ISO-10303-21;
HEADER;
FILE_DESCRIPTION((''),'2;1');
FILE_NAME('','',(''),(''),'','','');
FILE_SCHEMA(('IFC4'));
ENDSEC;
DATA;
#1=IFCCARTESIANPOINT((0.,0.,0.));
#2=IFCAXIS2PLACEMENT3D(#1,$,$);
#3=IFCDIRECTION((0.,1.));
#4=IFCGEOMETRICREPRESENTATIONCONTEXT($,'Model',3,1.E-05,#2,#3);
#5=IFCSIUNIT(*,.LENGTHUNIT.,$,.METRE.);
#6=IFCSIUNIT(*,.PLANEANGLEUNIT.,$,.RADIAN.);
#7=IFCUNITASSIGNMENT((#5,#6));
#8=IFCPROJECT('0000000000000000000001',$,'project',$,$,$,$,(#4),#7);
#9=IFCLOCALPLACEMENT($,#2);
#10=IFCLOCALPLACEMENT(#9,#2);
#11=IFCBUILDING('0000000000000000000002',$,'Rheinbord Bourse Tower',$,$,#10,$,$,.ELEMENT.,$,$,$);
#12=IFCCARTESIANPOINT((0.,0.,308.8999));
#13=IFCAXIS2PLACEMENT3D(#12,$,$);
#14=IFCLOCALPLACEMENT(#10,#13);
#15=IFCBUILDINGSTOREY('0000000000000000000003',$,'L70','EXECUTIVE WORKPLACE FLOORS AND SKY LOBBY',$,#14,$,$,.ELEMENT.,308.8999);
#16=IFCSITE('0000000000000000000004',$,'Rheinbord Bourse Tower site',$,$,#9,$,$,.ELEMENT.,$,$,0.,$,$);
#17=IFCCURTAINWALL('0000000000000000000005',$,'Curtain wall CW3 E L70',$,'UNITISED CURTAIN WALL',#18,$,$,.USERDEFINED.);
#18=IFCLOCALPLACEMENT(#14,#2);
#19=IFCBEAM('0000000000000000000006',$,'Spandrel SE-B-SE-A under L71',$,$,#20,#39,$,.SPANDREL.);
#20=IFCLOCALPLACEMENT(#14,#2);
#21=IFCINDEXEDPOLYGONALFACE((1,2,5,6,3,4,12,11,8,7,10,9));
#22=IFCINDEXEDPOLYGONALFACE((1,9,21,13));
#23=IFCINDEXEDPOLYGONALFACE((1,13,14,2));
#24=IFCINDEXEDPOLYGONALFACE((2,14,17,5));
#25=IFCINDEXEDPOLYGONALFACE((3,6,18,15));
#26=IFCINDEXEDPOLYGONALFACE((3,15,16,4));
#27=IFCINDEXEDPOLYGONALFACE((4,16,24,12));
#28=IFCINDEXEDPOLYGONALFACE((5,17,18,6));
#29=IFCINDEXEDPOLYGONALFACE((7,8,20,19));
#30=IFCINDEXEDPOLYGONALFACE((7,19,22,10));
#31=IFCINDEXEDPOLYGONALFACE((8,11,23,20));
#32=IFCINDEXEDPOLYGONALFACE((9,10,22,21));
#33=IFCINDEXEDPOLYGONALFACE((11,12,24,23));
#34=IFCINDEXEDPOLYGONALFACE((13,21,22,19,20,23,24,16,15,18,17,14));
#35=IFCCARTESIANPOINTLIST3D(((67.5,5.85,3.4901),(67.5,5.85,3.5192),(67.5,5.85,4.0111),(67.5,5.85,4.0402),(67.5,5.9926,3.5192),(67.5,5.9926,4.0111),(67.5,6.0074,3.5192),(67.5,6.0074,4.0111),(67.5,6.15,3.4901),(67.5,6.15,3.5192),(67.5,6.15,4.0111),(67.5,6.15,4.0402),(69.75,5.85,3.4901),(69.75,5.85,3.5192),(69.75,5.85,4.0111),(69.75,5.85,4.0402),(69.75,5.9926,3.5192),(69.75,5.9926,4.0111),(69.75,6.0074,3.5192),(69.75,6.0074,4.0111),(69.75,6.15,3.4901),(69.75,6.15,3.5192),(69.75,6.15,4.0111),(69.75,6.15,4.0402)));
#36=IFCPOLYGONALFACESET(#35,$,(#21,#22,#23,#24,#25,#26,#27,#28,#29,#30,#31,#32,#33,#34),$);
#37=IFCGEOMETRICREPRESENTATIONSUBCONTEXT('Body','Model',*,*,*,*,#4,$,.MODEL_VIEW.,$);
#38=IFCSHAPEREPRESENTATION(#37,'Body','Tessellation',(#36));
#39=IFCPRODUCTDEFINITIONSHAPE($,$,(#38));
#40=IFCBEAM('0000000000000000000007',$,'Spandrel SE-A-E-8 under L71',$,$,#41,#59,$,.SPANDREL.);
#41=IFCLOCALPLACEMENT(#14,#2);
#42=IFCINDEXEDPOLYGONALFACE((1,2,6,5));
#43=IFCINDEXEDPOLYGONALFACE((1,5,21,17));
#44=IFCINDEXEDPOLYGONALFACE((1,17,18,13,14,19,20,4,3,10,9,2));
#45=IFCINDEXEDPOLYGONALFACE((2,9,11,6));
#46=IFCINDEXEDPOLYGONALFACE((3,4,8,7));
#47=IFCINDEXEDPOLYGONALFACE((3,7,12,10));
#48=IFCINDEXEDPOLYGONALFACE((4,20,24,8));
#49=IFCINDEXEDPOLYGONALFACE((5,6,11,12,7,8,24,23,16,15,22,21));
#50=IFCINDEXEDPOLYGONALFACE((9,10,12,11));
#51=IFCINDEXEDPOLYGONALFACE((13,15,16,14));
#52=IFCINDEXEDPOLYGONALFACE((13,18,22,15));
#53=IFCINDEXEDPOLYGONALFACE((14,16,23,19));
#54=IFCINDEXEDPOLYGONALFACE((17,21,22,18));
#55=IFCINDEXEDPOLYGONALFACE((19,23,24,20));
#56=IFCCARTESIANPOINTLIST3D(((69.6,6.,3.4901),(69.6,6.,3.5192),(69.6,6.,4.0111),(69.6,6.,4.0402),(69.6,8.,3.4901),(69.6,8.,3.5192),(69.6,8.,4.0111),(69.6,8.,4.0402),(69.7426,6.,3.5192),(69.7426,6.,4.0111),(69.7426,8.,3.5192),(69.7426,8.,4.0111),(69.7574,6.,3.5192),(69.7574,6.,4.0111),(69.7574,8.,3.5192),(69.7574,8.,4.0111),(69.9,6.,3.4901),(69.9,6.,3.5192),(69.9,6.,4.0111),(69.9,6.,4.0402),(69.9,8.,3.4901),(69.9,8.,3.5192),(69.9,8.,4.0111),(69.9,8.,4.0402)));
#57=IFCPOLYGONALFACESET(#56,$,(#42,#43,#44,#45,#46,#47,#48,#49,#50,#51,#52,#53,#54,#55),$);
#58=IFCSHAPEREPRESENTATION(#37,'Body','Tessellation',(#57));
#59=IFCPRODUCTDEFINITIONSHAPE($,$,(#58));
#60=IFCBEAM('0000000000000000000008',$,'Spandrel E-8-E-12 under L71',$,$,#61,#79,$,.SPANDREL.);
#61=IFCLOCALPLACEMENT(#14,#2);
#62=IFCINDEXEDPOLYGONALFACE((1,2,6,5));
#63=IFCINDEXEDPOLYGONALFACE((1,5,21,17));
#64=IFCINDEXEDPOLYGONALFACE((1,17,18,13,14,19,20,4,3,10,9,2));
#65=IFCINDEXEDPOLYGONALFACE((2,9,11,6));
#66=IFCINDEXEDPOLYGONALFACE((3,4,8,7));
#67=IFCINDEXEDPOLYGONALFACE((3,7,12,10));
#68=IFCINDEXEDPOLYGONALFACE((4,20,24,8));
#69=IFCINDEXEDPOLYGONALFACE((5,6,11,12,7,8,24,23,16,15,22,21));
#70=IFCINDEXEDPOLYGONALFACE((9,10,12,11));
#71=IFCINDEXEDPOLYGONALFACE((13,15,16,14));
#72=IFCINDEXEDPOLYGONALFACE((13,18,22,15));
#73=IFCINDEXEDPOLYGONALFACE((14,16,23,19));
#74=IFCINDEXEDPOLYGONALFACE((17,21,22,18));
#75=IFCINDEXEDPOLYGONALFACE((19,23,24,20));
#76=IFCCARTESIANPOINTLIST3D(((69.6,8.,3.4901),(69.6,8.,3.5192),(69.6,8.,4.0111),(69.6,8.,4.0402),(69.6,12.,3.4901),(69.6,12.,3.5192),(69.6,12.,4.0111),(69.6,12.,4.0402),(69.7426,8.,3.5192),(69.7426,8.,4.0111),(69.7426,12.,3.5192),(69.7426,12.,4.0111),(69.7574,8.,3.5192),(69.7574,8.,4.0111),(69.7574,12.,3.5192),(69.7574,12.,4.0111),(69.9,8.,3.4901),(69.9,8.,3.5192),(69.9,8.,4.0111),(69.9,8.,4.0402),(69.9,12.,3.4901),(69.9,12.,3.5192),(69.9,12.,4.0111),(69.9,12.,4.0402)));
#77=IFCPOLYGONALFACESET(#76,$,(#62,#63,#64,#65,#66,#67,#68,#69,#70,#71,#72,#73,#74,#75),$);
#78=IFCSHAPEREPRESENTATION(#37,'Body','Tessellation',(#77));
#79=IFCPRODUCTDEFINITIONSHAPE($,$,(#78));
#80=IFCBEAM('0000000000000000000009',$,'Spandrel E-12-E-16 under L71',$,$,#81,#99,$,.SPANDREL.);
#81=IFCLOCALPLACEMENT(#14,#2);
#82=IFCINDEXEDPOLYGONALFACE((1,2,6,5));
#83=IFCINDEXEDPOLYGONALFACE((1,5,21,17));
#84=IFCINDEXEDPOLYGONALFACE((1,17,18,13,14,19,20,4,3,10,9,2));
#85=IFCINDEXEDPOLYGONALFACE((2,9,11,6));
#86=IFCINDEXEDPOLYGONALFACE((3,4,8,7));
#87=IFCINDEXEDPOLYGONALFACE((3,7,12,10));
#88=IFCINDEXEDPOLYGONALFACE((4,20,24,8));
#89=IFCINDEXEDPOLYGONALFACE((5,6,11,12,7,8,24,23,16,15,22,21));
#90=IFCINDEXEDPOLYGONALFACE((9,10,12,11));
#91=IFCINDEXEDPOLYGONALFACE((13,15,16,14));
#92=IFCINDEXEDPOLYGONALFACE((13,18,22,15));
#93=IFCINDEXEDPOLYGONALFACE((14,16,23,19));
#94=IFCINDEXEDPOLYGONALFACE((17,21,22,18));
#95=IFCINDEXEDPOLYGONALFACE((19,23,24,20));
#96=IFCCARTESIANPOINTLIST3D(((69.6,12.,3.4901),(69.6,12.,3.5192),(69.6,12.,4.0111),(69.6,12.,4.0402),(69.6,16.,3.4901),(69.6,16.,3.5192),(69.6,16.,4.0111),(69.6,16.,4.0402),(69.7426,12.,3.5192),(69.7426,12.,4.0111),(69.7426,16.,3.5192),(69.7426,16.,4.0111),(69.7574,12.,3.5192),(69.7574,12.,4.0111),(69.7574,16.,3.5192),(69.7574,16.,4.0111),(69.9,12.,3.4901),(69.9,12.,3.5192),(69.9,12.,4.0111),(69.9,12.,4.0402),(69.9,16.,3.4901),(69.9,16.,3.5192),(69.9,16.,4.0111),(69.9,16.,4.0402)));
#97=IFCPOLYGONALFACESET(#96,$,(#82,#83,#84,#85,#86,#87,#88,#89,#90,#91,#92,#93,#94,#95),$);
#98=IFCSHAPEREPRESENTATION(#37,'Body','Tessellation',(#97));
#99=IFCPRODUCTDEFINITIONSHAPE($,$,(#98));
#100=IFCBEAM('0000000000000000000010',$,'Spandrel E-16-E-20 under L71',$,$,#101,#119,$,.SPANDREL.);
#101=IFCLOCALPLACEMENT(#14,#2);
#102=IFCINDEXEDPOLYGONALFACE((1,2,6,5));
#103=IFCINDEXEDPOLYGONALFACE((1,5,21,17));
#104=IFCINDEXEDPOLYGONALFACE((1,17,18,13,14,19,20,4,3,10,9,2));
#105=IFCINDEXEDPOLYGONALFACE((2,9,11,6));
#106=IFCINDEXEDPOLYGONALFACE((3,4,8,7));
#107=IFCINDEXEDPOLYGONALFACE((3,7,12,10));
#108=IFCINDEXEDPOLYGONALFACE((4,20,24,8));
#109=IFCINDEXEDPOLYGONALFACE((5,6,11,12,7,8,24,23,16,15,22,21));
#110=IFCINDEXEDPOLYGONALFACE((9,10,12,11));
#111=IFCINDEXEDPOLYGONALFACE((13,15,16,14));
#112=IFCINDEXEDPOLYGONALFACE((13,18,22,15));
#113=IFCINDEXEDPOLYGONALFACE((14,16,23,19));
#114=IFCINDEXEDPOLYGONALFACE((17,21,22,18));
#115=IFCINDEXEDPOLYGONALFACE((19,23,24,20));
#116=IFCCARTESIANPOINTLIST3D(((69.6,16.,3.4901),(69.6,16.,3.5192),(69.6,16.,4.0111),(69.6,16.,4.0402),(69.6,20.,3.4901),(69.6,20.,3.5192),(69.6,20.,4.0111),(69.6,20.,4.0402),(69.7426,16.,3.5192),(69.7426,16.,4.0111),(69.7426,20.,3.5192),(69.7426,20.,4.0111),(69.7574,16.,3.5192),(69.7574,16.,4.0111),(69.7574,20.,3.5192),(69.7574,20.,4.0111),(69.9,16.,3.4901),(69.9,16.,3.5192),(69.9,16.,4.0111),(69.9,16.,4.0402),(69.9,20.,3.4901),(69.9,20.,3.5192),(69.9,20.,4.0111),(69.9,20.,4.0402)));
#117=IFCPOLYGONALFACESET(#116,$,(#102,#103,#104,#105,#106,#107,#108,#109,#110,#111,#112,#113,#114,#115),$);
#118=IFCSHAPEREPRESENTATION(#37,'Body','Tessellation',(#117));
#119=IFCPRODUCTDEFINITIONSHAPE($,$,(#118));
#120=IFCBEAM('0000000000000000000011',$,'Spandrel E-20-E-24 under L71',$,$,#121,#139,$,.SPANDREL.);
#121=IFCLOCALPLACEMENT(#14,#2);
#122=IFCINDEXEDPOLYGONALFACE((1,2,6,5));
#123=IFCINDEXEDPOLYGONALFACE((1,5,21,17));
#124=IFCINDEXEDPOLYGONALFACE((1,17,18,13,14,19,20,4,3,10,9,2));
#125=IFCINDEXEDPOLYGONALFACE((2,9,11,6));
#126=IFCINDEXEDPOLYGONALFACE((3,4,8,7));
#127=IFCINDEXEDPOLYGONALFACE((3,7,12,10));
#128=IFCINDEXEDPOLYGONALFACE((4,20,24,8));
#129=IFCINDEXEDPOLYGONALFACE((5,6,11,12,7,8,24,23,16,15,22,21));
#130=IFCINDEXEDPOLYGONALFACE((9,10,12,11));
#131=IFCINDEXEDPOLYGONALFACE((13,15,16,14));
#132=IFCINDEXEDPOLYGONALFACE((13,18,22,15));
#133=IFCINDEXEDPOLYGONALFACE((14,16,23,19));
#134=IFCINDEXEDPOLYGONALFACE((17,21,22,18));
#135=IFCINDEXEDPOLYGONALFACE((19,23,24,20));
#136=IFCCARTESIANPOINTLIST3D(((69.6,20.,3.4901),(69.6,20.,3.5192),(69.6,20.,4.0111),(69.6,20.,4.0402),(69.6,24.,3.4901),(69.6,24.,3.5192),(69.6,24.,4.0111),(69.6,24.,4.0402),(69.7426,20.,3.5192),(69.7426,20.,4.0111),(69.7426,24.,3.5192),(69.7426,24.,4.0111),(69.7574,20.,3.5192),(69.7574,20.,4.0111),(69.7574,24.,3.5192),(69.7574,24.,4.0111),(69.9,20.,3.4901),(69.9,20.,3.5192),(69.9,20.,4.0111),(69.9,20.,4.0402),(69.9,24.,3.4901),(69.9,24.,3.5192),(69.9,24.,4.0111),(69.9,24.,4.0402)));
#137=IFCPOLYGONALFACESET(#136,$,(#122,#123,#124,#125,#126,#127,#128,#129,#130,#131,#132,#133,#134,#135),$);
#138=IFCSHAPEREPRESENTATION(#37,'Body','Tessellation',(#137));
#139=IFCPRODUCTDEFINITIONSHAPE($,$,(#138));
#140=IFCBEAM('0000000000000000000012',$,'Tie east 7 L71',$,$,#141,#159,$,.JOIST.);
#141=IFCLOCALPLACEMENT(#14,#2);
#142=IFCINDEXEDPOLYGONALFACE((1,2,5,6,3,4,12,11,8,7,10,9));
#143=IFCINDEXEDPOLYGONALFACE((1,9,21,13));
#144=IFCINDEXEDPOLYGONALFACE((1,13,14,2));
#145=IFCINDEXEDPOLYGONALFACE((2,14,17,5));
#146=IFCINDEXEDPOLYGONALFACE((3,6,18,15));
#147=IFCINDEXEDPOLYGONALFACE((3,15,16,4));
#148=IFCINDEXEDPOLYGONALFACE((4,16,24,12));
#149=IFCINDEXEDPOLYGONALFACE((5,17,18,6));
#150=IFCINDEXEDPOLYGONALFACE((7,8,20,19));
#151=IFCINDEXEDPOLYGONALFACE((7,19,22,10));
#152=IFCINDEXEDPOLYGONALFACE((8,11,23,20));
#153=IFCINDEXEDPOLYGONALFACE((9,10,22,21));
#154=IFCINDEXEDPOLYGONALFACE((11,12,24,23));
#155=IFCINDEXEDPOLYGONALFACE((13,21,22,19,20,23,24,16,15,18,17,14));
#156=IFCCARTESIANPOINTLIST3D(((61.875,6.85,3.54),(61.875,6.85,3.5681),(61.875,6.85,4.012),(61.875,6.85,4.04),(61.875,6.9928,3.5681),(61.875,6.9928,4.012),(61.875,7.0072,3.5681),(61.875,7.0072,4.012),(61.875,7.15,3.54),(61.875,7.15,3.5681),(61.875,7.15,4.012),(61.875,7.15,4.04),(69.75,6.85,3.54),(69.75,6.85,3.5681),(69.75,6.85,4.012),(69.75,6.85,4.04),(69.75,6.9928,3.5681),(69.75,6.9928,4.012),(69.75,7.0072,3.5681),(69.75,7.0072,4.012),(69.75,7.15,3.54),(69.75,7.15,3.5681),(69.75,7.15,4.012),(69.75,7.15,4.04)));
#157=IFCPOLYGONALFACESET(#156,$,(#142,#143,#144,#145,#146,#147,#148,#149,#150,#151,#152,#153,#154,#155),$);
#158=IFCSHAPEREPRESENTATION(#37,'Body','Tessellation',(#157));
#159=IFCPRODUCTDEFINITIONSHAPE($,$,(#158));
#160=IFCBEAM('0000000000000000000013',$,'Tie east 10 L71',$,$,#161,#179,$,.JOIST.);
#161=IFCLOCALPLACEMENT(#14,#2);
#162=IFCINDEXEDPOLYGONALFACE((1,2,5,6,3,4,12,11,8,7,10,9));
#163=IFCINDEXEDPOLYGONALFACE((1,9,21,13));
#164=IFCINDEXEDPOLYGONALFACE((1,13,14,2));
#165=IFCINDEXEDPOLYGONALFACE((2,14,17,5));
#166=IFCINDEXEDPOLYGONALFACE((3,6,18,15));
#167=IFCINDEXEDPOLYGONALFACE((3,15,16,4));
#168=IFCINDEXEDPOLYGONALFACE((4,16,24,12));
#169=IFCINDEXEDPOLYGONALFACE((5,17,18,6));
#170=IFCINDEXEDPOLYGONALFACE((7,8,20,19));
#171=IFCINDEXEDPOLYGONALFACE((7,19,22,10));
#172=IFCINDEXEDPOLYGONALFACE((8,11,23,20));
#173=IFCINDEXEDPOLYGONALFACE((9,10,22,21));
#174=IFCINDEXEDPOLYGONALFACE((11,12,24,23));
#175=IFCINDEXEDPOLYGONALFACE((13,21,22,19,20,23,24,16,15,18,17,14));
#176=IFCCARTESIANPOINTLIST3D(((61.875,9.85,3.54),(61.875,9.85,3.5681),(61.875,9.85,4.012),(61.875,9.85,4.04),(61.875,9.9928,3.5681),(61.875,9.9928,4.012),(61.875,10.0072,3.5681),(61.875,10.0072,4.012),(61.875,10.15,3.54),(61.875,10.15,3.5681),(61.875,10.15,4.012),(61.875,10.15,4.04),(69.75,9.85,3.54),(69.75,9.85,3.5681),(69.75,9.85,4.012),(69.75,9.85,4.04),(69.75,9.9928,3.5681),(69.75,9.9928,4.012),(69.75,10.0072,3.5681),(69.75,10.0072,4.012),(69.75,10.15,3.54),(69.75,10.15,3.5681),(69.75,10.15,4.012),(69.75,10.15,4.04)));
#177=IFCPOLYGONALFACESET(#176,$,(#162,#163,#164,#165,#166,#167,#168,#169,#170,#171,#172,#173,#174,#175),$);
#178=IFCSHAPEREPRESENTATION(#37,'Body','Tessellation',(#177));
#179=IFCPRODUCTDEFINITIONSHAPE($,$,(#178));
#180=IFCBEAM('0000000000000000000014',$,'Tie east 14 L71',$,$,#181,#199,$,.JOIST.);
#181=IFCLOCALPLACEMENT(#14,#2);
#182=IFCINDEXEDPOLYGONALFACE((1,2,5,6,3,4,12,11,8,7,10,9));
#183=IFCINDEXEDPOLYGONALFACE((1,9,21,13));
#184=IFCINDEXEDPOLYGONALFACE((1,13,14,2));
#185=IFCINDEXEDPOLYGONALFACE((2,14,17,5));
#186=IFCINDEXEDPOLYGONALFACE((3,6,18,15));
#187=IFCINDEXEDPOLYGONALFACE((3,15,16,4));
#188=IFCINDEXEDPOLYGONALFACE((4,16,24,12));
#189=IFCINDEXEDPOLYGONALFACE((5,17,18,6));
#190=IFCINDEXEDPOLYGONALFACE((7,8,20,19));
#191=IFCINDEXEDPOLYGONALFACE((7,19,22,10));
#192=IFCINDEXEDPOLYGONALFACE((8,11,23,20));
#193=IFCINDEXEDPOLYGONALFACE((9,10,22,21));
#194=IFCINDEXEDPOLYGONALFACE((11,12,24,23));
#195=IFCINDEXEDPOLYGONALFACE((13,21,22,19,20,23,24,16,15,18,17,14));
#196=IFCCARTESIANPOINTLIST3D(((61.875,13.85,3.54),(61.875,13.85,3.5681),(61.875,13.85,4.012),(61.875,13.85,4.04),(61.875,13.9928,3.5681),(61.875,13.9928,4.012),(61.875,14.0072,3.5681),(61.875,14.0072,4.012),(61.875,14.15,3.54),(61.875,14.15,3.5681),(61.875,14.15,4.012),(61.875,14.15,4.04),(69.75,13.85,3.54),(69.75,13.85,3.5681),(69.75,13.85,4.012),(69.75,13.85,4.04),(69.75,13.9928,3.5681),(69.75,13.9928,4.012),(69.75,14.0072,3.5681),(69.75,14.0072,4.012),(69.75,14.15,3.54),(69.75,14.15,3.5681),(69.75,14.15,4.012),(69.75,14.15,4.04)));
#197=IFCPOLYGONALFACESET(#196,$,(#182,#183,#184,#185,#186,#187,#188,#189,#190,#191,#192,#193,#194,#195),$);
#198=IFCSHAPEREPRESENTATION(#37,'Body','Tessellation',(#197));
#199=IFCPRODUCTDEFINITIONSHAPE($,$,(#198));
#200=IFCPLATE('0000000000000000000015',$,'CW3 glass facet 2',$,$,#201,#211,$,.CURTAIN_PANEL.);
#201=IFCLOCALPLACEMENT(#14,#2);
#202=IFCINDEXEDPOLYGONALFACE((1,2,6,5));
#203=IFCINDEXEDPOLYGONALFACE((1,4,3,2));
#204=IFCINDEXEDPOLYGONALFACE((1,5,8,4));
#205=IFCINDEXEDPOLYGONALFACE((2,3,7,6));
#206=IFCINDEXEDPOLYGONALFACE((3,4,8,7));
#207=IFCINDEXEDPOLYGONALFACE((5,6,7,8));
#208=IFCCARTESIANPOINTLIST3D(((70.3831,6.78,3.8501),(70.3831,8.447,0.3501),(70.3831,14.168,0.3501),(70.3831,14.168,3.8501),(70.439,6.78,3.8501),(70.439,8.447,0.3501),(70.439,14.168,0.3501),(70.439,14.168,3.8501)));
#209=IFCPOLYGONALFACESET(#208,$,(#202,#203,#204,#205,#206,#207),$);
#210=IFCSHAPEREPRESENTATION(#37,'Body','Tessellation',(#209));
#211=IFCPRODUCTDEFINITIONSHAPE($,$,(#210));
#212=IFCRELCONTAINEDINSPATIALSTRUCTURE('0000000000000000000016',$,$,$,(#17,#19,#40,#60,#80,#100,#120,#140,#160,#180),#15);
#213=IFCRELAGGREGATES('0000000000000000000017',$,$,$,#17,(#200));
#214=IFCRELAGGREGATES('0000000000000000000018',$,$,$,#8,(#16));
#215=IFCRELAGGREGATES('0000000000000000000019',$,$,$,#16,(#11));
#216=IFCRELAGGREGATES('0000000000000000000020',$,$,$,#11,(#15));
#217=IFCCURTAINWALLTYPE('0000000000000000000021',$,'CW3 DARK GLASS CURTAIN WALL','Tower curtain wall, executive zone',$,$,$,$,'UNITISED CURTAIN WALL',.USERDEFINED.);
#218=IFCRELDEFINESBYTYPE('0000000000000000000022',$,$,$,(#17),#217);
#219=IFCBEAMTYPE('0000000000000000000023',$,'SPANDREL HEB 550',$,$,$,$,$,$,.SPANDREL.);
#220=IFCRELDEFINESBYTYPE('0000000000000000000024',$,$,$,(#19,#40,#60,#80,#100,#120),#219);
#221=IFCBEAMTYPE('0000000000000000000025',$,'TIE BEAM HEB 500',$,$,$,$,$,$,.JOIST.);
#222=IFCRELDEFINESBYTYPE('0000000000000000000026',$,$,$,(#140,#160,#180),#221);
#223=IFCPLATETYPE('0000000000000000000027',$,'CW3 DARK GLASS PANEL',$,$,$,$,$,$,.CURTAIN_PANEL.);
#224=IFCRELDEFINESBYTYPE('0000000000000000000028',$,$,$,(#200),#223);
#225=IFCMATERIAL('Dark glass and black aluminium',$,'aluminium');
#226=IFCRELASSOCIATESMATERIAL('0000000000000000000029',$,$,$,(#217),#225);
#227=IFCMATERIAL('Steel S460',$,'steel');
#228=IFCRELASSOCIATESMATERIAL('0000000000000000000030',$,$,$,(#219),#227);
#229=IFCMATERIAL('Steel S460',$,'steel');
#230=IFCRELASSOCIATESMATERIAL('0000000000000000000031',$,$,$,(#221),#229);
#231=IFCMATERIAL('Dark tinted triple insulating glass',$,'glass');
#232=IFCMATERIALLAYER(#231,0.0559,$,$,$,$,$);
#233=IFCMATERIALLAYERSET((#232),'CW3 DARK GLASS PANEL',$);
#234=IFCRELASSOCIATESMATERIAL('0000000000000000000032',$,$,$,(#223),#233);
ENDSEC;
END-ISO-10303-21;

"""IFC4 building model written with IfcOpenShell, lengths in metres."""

from ifc_helpers import new_model, si_unit, direction, frame, origin, origin_2d, place, context, subcontext, project, spatial, polyline, i_section, outline, extrude, material, layer, layer_set, material_profile, profile_set, type_object, element, aggregate, save


model = new_model("IFC4")

# Units and contexts
model_context = context("Model", 3, precision=1e-05, world=origin(), true_north=direction((0.0, 1.0)))
body_context = subcontext(model_context, "Body", "Model", "MODEL_VIEW")
ifc_project = project(units=[si_unit("LENGTHUNIT", "METRE"), si_unit("PLANEANGLEUNIT", "RADIAN")], contexts=[model_context])

# Site, building, storey
site_placement = place(None, origin())
site = spatial("IfcSite", under=ifc_project, at=site_placement, Name="Rheinbord Bourse Tower site", CompositionType="ELEMENT", RefElevation=0.0)
building_placement = place(site_placement, origin())
building = spatial("IfcBuilding", under=site, at=building_placement, Name="Rheinbord Bourse Tower", CompositionType="ELEMENT")
storey_placement = place(building_placement, frame((0.0, 0.0, 308.8999)))
storey = spatial("IfcBuildingStorey", under=building, at=storey_placement, Name="L70", Description="EXECUTIVE WORKPLACE FLOORS AND SKY LOBBY", CompositionType="ELEMENT", Elevation=308.8999)

# Curtain wall
ifc_material_1 = material(Name="Dark glass and black aluminium", Category="aluminium")
curtain_wall_type = type_object("IfcCurtainWallType", Name="CW3 DARK GLASS CURTAIN WALL", Description="Tower curtain wall, executive zone", ElementType="UNITISED CURTAIN WALL", PredefinedType="USERDEFINED", material=ifc_material_1)
curtain_wall_placement = place(storey_placement, origin())
curtain_wall = element("IfcCurtainWall", 1, at=curtain_wall_placement, inside=storey, type_object=curtain_wall_type, Name="Curtain wall CW3 E L70", ObjectType="UNITISED CURTAIN WALL", PredefinedType="USERDEFINED")

# Beams
ifc_material_2 = material(Name="Steel S460", Category="steel")
ifc_material_profile_1 = material_profile(ifc_material_2, i_section(OverallWidth=0.3, OverallDepth=0.55, WebThickness=0.0149, FlangeThickness=0.0291, at=origin_2d()), Name="HEB 550")
ifc_profile_set_1 = profile_set([ifc_material_profile_1], Name="Steel S460")
beam_type_1 = type_object("IfcBeamType", Name="SPANDREL HEB 550", PredefinedType="SPANDREL", material=ifc_profile_set_1)
beam_1_placement = place(storey_placement, frame((67.5, 6.0, 3.7651), z_axis=(1.0, 0.0, 0.0), x_axis=(0.0, 1.0, 0.0)))
element("IfcBeam", 2, at=beam_1_placement, inside=storey, type_object=beam_type_1, Name="Spandrel SE-B-SE-A under L71", PredefinedType="SPANDREL", context=body_context, shape_type="SweptSolid", body=[
    extrude(i_section(OverallWidth=0.3, OverallDepth=0.55, WebThickness=0.0149, FlangeThickness=0.0291, at=origin_2d()), origin(), (0.0, 0.0, 1.0), 2.25),
])
beam_2_placement = place(storey_placement, frame((69.75, 6.0, 3.7651), z_axis=(0.0, 1.0, 0.0), x_axis=(-1.0, 0.0, 0.0)))
element("IfcBeam", 3, at=beam_2_placement, inside=storey, type_object=beam_type_1, Name="Spandrel SE-A-E-8 under L71", PredefinedType="SPANDREL", context=body_context, shape_type="SweptSolid", body=[
    extrude(i_section(OverallWidth=0.3, OverallDepth=0.55, WebThickness=0.0149, FlangeThickness=0.0291, at=origin_2d()), origin(), (0.0, 0.0, 1.0), 2.0),
])
for number, where, z_axis, x_axis, name in (
    (4, (69.75, 8.0, 3.7651), (0.0, 1.0, 0.0), (-1.0, 0.0, 0.0), "Spandrel E-8-E-12 under L71"),
    (5, (69.75, 12.0, 3.7651), (0.0, 1.0, 0.0), (-1.0, 0.0, 0.0), "Spandrel E-12-E-16 under L71"),
    (6, (69.75, 16.0, 3.7651), (0.0, 1.0, 0.0), (-1.0, 0.0, 0.0), "Spandrel E-16-E-20 under L71"),
    (7, (69.75, 20.0, 3.7651), (0.0, 1.0, 0.0), (-1.0, 0.0, 0.0), "Spandrel E-20-E-24 under L71"),
):
    element("IfcBeam", number, at=place(storey_placement, frame(where, z_axis=z_axis, x_axis=x_axis)), inside=storey, type_object=beam_type_1, Name=name, PredefinedType="SPANDREL", context=body_context, shape_type="SweptSolid", body=[
        extrude(i_section(OverallWidth=0.3, OverallDepth=0.55, WebThickness=0.0149, FlangeThickness=0.0291, at=origin_2d()), origin(), (0.0, 0.0, 1.0), 4.0),
    ])
ifc_material_3 = material(Name="Steel S460", Category="steel")
ifc_material_profile_2 = material_profile(ifc_material_3, i_section(OverallWidth=0.3, OverallDepth=0.5, WebThickness=0.0144, FlangeThickness=0.0281, at=origin_2d()), Name="HEB 500")
ifc_profile_set_2 = profile_set([ifc_material_profile_2], Name="Steel S460")
beam_type_2 = type_object("IfcBeamType", Name="TIE BEAM HEB 500", PredefinedType="JOIST", material=ifc_profile_set_2)
for number, where, z_axis, x_axis, name in (
    (8, (61.875, 7.0, 3.79), (1.0, 0.0, 0.0), (0.0, 1.0, 0.0), "Tie east 7 L71"),
    (9, (61.875, 10.0, 3.79), (1.0, 0.0, 0.0), (0.0, 1.0, 0.0), "Tie east 10 L71"),
    (10, (61.875, 14.0, 3.79), (1.0, 0.0, 0.0), (0.0, 1.0, 0.0), "Tie east 14 L71"),
):
    element("IfcBeam", number, at=place(storey_placement, frame(where, z_axis=z_axis, x_axis=x_axis)), inside=storey, type_object=beam_type_2, Name=name, PredefinedType="JOIST", context=body_context, shape_type="SweptSolid", body=[
        extrude(i_section(OverallWidth=0.3, OverallDepth=0.5, WebThickness=0.0144, FlangeThickness=0.0281, at=origin_2d()), origin(), (0.0, 0.0, 1.0), 7.875),
    ])

# Plate
ifc_material_4 = material(Name="Dark tinted triple insulating glass", Category="glass")
ifc_layer_1 = layer(ifc_material_4, 0.0559)
ifc_layer_set_1 = layer_set([ifc_layer_1], Name="CW3 DARK GLASS PANEL")
plate_type = type_object("IfcPlateType", Name="CW3 DARK GLASS PANEL", PredefinedType="CURTAIN_PANEL", material=ifc_layer_set_1)
plate_1_placement = place(storey_placement, frame((70.439, 14.168, 3.8501), z_axis=(-1.0, 0.0, 0.0), x_axis=(0.0, 0.0, -1.0)))
plate_1 = element("IfcPlate", 11, at=plate_1_placement, type_object=plate_type, Name="CW3 glass facet 2", PredefinedType="CURTAIN_PANEL", context=body_context, shape_type="SweptSolid", body=[
    extrude(outline(polyline([(0.0, 0.0), (3.5, 0.0), (3.5, 5.7209), (0.0, 7.3879), (0.0, 0.0)])), origin(), (0.0, 0.0, 1.0), 0.0559),
])
aggregate(curtain_wall, [plate_1])

save(model, "model.ifc")
